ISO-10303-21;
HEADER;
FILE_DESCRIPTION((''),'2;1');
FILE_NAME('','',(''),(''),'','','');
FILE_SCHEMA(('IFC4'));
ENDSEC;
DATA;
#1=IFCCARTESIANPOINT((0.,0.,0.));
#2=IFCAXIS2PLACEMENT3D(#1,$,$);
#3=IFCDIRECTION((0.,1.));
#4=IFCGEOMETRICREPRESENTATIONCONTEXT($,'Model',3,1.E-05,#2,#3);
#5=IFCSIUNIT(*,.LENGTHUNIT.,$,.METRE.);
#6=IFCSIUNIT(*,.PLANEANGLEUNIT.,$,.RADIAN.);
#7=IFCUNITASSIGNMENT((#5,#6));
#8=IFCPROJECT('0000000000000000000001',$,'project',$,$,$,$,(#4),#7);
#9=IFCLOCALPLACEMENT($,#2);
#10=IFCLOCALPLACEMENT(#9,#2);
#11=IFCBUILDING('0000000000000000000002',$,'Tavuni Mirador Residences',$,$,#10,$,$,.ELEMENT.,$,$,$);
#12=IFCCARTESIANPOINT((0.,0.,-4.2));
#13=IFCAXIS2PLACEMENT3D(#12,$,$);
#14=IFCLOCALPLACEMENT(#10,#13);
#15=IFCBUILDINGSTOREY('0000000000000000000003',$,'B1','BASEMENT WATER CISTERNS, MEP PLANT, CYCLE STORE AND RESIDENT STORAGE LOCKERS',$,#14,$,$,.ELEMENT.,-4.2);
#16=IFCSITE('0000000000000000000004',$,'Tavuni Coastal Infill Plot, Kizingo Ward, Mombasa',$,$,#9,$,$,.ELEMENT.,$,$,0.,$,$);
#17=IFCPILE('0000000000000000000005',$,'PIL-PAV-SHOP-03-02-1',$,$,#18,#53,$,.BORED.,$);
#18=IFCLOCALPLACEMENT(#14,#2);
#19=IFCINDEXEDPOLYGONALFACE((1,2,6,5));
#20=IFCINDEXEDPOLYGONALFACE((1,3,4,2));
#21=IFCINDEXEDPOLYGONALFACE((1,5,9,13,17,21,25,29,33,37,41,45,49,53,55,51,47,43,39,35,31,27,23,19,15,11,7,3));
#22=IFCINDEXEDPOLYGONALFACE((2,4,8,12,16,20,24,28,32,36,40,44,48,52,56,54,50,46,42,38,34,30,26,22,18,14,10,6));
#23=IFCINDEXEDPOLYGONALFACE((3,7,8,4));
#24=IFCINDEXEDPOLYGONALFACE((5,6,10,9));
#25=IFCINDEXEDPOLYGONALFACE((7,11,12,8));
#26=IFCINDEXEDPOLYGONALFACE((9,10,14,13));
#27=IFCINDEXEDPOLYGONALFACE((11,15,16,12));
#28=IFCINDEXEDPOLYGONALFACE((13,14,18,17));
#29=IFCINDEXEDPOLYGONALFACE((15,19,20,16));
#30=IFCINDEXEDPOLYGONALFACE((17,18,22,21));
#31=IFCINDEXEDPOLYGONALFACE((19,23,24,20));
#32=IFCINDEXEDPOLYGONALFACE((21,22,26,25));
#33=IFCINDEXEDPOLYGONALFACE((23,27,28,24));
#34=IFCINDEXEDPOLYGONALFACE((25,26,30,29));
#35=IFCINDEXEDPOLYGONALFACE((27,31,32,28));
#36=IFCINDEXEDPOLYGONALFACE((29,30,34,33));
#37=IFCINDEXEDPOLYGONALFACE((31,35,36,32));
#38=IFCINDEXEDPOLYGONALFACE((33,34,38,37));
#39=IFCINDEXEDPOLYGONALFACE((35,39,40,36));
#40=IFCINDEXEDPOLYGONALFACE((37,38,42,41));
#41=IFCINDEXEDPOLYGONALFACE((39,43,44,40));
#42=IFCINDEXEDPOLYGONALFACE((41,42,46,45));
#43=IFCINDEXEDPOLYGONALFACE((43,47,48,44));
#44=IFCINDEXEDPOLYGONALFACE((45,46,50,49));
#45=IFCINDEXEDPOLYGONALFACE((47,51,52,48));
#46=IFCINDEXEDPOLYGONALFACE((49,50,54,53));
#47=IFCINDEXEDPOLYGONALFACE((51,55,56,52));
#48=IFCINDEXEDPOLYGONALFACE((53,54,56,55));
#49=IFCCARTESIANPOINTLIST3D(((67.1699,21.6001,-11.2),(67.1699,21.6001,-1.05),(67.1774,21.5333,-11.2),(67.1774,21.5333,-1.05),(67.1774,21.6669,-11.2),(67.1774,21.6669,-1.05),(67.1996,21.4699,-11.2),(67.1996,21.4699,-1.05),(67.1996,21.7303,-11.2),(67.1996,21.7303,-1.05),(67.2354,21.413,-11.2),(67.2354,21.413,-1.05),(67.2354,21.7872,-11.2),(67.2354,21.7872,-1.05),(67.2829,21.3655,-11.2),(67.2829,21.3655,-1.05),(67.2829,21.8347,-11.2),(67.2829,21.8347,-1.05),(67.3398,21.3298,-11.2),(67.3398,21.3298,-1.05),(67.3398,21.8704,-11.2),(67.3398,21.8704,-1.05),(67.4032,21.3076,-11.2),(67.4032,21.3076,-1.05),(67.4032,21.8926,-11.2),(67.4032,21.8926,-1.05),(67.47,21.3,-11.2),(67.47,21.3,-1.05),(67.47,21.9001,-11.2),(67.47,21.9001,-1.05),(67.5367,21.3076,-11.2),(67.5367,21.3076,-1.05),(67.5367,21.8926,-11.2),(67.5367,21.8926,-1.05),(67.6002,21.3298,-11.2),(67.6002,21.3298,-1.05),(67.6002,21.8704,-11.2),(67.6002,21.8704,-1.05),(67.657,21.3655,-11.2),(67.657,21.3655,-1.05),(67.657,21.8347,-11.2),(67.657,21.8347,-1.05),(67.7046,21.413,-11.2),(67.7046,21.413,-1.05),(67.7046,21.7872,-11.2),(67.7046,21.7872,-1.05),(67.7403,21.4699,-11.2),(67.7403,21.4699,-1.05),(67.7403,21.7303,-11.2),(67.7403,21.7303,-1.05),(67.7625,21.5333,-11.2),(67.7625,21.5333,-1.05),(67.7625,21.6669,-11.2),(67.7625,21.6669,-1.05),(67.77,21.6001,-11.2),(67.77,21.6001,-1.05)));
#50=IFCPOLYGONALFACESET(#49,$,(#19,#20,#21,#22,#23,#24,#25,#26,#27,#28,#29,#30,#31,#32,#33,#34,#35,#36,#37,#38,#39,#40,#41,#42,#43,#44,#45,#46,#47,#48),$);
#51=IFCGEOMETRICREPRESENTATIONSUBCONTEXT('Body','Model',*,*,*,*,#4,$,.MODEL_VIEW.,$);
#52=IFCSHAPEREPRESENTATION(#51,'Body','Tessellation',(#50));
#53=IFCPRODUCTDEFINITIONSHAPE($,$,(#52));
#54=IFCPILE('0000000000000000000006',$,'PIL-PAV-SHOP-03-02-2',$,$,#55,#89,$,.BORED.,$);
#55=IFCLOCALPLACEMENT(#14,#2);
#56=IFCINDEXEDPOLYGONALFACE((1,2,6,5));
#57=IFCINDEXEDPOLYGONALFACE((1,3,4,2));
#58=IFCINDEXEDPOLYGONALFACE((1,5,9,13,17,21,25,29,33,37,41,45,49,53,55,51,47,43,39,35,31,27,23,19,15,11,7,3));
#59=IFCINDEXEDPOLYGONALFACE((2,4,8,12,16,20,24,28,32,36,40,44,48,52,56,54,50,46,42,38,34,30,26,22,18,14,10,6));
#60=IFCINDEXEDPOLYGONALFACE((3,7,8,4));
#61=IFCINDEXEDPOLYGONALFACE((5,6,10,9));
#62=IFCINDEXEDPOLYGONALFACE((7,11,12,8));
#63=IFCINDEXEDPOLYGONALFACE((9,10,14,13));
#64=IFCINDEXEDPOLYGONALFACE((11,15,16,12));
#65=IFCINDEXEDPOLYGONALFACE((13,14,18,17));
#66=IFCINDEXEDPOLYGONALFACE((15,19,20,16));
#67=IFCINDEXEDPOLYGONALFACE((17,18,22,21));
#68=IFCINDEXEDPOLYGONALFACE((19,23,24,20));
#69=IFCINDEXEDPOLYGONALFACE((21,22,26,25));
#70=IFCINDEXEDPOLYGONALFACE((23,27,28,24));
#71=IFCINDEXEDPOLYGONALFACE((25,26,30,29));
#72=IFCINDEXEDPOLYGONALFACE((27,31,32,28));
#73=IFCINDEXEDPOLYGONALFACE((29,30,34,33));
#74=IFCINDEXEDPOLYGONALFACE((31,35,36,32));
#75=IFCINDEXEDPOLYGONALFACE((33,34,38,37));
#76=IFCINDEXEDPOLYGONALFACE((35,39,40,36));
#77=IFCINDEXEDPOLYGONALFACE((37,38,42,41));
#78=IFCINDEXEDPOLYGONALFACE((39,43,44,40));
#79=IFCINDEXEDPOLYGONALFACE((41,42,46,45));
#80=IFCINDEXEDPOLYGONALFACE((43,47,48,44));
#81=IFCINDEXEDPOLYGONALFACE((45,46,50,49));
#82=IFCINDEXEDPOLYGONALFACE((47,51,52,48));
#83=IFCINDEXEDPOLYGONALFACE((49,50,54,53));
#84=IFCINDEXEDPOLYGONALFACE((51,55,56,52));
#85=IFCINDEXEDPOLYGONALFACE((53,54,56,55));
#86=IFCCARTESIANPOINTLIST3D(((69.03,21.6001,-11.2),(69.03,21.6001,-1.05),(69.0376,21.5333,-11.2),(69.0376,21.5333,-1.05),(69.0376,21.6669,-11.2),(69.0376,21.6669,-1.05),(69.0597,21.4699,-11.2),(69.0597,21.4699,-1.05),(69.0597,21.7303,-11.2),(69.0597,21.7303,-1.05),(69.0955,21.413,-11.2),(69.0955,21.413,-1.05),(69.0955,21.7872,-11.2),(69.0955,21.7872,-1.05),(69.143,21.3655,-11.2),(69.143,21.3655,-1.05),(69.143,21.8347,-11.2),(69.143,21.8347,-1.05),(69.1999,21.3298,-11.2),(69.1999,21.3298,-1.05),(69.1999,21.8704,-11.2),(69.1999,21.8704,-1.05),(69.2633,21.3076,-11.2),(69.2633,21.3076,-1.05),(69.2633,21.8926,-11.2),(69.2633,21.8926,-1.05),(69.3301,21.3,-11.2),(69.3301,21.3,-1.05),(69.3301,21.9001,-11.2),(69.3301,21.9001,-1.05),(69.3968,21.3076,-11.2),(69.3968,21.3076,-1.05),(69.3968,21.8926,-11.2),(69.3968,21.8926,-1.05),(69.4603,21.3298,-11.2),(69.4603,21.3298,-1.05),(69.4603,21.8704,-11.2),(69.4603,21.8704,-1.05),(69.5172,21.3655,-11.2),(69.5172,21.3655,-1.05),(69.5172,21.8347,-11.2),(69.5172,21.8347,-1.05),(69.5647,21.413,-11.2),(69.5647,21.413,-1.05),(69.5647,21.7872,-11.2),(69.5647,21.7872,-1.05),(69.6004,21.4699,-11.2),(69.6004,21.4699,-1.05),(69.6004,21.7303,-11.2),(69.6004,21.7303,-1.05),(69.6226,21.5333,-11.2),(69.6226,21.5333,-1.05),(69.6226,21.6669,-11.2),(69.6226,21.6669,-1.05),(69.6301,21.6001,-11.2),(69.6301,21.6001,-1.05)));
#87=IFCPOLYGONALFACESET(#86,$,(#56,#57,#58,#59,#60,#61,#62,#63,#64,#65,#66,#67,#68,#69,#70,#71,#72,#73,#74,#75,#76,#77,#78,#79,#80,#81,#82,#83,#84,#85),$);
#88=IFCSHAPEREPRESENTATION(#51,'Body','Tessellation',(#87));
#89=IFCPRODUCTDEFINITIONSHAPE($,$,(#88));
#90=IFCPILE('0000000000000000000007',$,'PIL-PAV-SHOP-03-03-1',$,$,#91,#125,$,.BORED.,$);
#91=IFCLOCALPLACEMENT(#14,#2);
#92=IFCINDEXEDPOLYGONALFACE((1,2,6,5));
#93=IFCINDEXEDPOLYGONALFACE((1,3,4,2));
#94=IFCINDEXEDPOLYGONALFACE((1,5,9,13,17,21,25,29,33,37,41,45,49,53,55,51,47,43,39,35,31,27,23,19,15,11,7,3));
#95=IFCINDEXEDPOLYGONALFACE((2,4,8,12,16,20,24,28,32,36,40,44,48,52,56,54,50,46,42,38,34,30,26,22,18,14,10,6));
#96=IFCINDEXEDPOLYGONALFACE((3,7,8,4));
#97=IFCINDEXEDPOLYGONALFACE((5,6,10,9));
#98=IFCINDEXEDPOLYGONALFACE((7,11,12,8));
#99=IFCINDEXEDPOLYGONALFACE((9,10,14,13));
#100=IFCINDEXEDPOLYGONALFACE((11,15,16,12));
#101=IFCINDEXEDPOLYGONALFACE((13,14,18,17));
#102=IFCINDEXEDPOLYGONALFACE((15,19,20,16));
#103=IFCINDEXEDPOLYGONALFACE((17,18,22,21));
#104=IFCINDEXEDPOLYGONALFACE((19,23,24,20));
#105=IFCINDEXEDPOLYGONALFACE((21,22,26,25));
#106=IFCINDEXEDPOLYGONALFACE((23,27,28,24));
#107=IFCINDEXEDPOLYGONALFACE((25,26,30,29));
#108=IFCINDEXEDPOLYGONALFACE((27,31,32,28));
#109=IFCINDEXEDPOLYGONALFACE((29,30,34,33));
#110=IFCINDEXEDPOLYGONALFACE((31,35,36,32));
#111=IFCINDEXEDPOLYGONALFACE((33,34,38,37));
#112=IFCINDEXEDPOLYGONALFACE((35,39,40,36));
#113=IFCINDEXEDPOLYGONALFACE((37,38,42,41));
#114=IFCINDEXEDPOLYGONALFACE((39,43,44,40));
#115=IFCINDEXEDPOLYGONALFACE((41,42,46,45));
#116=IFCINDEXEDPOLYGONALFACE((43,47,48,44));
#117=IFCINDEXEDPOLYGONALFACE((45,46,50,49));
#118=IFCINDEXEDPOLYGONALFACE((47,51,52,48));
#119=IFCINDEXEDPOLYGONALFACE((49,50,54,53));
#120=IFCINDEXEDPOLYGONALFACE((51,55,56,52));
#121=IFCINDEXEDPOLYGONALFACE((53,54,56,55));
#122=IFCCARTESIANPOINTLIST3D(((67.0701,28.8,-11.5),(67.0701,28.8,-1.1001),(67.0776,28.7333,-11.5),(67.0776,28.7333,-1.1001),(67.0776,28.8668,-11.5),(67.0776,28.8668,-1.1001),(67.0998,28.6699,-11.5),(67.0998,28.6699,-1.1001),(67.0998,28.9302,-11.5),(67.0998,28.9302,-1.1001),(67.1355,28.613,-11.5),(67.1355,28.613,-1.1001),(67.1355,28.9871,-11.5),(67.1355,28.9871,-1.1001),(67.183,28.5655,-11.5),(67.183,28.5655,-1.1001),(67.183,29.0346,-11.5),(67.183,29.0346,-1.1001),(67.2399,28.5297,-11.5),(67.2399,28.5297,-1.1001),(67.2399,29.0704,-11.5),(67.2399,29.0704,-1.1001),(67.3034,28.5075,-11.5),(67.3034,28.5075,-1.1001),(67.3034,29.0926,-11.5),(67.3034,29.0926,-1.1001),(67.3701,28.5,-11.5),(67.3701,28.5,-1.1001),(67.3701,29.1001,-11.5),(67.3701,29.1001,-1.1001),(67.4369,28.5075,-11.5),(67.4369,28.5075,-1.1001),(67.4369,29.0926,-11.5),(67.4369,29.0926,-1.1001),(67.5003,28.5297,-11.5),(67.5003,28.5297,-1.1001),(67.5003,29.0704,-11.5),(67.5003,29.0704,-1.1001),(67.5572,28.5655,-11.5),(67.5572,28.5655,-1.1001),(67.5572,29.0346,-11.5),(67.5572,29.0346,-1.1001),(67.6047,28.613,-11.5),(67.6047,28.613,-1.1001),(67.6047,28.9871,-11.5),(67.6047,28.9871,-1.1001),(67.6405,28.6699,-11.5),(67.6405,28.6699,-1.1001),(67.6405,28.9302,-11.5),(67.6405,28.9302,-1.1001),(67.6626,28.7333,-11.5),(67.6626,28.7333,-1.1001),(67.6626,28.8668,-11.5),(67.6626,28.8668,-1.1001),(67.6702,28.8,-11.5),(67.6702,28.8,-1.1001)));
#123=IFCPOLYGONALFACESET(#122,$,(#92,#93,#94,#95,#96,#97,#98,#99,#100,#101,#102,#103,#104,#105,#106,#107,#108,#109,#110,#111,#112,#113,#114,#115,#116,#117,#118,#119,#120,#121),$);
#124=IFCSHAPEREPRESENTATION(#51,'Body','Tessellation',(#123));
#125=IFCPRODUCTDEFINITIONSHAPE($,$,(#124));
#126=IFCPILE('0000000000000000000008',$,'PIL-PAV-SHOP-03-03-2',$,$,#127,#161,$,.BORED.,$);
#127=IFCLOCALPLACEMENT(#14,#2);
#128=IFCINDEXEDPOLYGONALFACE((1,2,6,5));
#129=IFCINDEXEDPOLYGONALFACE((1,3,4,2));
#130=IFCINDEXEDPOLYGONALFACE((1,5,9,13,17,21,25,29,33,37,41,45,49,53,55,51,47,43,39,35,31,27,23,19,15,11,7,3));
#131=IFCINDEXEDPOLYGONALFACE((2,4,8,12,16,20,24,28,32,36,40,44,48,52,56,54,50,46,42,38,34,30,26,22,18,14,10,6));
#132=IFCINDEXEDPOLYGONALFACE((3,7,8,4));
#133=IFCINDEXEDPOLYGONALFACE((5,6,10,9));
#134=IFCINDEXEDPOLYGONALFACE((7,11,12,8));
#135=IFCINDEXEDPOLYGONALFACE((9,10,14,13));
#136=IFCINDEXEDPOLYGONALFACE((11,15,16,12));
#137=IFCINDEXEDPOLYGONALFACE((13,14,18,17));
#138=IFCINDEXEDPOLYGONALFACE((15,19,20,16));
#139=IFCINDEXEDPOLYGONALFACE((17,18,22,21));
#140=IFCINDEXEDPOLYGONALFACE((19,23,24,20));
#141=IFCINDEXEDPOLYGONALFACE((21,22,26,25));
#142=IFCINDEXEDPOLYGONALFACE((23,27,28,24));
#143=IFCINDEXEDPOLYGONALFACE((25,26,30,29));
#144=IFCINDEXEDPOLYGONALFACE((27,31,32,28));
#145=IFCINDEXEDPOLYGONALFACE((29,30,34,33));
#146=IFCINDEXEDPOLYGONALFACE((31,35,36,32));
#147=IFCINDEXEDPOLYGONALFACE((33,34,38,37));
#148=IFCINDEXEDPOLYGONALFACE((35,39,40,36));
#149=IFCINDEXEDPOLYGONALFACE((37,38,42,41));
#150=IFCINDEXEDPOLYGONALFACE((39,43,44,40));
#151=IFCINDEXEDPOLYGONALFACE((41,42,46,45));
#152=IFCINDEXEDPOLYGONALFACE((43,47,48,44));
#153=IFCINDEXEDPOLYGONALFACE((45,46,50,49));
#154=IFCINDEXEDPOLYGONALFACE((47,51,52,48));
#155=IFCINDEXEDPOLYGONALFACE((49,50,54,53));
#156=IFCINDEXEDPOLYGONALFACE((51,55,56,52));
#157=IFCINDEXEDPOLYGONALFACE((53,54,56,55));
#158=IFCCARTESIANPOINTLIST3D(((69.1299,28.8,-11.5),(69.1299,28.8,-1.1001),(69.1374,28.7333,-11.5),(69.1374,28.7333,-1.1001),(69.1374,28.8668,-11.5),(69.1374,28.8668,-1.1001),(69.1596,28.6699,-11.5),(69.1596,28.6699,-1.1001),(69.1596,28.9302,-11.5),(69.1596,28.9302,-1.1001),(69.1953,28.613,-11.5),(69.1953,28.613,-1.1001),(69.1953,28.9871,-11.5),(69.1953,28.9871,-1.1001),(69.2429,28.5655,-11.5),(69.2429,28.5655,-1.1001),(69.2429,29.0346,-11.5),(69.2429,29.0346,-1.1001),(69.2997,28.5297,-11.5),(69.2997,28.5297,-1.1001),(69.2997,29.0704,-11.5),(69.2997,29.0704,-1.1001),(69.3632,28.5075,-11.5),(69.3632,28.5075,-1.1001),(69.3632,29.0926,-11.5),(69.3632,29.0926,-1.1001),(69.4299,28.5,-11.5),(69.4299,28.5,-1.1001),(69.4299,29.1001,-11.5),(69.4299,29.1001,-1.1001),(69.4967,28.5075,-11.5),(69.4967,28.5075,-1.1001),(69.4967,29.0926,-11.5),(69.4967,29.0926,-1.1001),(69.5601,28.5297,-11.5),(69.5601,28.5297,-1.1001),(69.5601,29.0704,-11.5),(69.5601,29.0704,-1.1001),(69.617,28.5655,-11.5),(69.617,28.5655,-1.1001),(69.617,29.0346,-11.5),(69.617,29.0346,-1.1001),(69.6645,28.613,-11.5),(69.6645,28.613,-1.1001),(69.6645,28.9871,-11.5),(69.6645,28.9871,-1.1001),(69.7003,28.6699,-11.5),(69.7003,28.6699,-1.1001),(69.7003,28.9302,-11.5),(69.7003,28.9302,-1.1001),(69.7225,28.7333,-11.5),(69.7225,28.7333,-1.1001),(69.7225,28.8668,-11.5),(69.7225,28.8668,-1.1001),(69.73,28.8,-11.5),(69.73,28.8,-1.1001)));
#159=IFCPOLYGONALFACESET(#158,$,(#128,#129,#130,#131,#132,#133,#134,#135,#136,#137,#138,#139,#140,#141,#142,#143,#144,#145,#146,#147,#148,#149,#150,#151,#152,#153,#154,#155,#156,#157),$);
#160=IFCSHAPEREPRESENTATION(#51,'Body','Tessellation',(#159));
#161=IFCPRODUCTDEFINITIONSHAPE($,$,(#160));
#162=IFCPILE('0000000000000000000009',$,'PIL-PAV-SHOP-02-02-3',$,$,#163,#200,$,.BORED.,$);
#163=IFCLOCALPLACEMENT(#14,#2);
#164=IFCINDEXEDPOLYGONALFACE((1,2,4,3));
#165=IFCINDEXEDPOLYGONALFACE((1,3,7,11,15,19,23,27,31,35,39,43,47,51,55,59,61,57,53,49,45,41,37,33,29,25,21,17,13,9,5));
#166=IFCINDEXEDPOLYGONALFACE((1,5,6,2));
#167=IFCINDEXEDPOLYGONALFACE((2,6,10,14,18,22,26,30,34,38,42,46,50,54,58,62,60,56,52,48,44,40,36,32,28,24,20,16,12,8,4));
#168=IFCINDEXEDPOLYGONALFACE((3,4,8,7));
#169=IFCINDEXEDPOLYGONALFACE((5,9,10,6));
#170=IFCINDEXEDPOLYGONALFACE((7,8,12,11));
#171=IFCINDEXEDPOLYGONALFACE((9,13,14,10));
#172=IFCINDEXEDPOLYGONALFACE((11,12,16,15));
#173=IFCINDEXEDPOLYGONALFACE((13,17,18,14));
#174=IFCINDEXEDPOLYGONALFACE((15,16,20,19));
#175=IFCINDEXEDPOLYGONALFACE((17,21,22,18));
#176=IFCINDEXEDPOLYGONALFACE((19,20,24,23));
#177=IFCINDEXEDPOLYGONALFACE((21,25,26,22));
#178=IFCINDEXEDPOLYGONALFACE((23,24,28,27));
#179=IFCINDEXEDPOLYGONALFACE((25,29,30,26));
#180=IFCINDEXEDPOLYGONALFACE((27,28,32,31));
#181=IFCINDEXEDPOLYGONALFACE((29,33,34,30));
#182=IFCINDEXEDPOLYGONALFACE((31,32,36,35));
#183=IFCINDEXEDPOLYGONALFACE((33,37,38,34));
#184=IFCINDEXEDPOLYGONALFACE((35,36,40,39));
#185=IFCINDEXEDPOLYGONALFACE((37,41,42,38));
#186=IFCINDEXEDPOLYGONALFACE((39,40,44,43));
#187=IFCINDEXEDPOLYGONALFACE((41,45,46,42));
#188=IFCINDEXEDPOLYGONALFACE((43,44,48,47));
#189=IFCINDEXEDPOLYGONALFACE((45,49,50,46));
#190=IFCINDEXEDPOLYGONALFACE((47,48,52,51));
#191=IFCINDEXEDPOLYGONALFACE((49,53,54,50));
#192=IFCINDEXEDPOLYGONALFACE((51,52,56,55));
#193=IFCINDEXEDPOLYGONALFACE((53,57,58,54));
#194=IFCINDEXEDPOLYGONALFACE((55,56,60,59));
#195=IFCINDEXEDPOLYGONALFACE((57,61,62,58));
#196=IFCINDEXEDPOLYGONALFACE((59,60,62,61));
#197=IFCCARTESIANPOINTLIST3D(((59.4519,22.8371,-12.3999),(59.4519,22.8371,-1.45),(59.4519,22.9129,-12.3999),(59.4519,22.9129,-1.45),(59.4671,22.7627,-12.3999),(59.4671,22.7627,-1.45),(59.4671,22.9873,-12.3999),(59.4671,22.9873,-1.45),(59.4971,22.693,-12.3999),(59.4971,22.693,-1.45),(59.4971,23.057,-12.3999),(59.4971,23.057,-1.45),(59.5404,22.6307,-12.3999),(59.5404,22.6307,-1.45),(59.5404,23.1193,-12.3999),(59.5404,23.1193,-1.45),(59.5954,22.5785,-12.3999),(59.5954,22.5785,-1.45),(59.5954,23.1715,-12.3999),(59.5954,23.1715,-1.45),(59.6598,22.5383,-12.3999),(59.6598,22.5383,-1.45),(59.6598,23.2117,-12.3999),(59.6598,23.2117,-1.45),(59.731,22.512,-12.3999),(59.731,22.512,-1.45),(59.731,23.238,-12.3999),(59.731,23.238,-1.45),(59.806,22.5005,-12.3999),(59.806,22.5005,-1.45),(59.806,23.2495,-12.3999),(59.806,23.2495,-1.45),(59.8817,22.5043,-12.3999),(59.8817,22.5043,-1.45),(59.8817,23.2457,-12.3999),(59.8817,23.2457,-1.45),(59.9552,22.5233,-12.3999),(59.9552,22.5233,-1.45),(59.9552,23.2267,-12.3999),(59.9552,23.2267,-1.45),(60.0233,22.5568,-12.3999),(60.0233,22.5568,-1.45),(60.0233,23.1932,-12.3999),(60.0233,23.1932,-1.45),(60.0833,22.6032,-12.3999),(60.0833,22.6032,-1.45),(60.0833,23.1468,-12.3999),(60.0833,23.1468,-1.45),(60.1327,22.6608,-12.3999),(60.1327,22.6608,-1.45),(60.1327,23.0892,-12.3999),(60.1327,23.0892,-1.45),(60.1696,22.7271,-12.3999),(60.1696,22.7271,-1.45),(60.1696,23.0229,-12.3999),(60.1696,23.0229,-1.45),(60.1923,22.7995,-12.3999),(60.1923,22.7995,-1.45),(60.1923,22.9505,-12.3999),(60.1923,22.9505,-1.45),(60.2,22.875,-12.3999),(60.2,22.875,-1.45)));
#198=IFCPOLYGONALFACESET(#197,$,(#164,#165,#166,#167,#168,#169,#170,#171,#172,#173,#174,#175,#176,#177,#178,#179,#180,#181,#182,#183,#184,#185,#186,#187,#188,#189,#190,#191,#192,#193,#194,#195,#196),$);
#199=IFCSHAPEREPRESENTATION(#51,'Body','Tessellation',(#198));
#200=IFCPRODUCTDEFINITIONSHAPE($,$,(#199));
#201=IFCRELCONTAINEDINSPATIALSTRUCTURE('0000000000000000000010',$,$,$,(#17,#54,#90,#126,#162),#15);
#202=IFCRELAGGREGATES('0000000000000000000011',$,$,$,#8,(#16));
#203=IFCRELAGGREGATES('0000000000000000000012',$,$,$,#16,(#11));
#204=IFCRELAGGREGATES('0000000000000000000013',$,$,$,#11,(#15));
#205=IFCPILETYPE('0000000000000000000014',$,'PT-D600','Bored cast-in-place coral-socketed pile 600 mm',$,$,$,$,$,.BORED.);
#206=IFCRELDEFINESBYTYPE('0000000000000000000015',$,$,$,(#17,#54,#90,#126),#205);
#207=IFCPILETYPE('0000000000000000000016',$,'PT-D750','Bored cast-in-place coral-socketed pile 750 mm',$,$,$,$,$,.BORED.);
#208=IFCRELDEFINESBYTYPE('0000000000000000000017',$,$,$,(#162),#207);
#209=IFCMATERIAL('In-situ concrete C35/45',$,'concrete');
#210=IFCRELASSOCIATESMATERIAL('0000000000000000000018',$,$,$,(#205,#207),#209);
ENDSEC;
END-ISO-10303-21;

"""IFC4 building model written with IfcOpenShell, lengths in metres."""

from ifc_helpers import new_model, si_unit, direction, frame, origin, origin_2d, place, context, subcontext, project, spatial, circle, extrude, material, material_profile, profile_set, type_object, element, save


model = new_model("IFC4")

# Units and contexts
model_context = context("Model", 3, precision=1e-05, world=origin(), true_north=direction((0.0, 1.0)))
body_context = subcontext(model_context, "Body", "Model", "MODEL_VIEW")
ifc_project = project(units=[si_unit("LENGTHUNIT", "METRE"), si_unit("PLANEANGLEUNIT", "RADIAN")], contexts=[model_context])

# Site, building, storey
site_placement = place(None, origin())
site = spatial("IfcSite", under=ifc_project, at=site_placement, Name="Tavuni Coastal Infill Plot, Kizingo Ward, Mombasa", CompositionType="ELEMENT", RefElevation=0.0)
building_placement = place(site_placement, origin())
building = spatial("IfcBuilding", under=site, at=building_placement, Name="Tavuni Mirador Residences", CompositionType="ELEMENT")
storey_placement = place(building_placement, frame((0.0, 0.0, -4.2)))
storey = spatial("IfcBuildingStorey", under=building, at=storey_placement, Name="B1", Description="BASEMENT WATER CISTERNS, MEP PLANT, CYCLE STORE AND RESIDENT STORAGE LOCKERS", CompositionType="ELEMENT", Elevation=-4.2)

# Shared definitions
ifc_material_1 = material(Name="In-situ concrete C35/45", Category="concrete")

# Piles
ifc_material_profile_1 = material_profile(ifc_material_1, circle(Radius=0.3, at=origin_2d()), Name="PILE D600", Category="concrete")
ifc_profile_set_1 = profile_set([ifc_material_profile_1], Name="In-situ concrete C35/45")
pile_type_1 = type_object("IfcPileType", Name="PT-D600", Description="Bored cast-in-place coral-socketed pile 600 mm", PredefinedType="BORED", material=ifc_profile_set_1)
for number, where, z_axis, x_axis, name in (
    (1, (67.47, 21.6001, -1.05), (0.0, 0.0, -1.0), (1.0, 0.0, 0.0), "PIL-PAV-SHOP-03-02-1"),
    (2, (69.3301, 21.6001, -1.05), (0.0, 0.0, -1.0), (1.0, 0.0, 0.0), "PIL-PAV-SHOP-03-02-2"),
):
    element("IfcPile", number, at=place(storey_placement, frame(where, z_axis=z_axis, x_axis=x_axis)), inside=storey, type_object=pile_type_1, Name=name, PredefinedType="BORED", context=body_context, shape_type="SweptSolid", body=[
        extrude(circle(Radius=0.3, at=origin_2d()), origin(), (0.0, 0.0, 1.0), 10.1499),
    ])
for number, where, z_axis, x_axis, name in (
    (3, (67.3701, 28.8, -1.1001), (0.0, 0.0, -1.0), (1.0, 0.0, 0.0), "PIL-PAV-SHOP-03-03-1"),
    (4, (69.4299, 28.8, -1.1001), (0.0, 0.0, -1.0), (1.0, 0.0, 0.0), "PIL-PAV-SHOP-03-03-2"),
):
    element("IfcPile", number, at=place(storey_placement, frame(where, z_axis=z_axis, x_axis=x_axis)), inside=storey, type_object=pile_type_1, Name=name, PredefinedType="BORED", context=body_context, shape_type="SweptSolid", body=[
        extrude(circle(Radius=0.3, at=origin_2d()), origin(), (0.0, 0.0, 1.0), 10.3999),
    ])
ifc_material_profile_2 = material_profile(ifc_material_1, circle(Radius=0.375, at=origin_2d()), Name="PILE D750", Category="concrete")
ifc_profile_set_2 = profile_set([ifc_material_profile_2], Name="In-situ concrete C35/45")
pile_type_2 = type_object("IfcPileType", Name="PT-D750", Description="Bored cast-in-place coral-socketed pile 750 mm", PredefinedType="BORED", material=ifc_profile_set_2)
for number, where, z_axis, x_axis, name in (
    (5, (59.825, 22.875, -1.45), (0.0, 0.0, -1.0), (1.0, 0.0, 0.0), "PIL-PAV-SHOP-02-02-3"),
):
    element("IfcPile", number, at=place(storey_placement, frame(where, z_axis=z_axis, x_axis=x_axis)), inside=storey, type_object=pile_type_2, Name=name, PredefinedType="BORED", context=body_context, shape_type="SweptSolid", body=[
        extrude(circle(Radius=0.375, at=origin_2d()), origin(), (0.0, 0.0, 1.0), 10.95),
    ])

save(model, "model.ifc")
